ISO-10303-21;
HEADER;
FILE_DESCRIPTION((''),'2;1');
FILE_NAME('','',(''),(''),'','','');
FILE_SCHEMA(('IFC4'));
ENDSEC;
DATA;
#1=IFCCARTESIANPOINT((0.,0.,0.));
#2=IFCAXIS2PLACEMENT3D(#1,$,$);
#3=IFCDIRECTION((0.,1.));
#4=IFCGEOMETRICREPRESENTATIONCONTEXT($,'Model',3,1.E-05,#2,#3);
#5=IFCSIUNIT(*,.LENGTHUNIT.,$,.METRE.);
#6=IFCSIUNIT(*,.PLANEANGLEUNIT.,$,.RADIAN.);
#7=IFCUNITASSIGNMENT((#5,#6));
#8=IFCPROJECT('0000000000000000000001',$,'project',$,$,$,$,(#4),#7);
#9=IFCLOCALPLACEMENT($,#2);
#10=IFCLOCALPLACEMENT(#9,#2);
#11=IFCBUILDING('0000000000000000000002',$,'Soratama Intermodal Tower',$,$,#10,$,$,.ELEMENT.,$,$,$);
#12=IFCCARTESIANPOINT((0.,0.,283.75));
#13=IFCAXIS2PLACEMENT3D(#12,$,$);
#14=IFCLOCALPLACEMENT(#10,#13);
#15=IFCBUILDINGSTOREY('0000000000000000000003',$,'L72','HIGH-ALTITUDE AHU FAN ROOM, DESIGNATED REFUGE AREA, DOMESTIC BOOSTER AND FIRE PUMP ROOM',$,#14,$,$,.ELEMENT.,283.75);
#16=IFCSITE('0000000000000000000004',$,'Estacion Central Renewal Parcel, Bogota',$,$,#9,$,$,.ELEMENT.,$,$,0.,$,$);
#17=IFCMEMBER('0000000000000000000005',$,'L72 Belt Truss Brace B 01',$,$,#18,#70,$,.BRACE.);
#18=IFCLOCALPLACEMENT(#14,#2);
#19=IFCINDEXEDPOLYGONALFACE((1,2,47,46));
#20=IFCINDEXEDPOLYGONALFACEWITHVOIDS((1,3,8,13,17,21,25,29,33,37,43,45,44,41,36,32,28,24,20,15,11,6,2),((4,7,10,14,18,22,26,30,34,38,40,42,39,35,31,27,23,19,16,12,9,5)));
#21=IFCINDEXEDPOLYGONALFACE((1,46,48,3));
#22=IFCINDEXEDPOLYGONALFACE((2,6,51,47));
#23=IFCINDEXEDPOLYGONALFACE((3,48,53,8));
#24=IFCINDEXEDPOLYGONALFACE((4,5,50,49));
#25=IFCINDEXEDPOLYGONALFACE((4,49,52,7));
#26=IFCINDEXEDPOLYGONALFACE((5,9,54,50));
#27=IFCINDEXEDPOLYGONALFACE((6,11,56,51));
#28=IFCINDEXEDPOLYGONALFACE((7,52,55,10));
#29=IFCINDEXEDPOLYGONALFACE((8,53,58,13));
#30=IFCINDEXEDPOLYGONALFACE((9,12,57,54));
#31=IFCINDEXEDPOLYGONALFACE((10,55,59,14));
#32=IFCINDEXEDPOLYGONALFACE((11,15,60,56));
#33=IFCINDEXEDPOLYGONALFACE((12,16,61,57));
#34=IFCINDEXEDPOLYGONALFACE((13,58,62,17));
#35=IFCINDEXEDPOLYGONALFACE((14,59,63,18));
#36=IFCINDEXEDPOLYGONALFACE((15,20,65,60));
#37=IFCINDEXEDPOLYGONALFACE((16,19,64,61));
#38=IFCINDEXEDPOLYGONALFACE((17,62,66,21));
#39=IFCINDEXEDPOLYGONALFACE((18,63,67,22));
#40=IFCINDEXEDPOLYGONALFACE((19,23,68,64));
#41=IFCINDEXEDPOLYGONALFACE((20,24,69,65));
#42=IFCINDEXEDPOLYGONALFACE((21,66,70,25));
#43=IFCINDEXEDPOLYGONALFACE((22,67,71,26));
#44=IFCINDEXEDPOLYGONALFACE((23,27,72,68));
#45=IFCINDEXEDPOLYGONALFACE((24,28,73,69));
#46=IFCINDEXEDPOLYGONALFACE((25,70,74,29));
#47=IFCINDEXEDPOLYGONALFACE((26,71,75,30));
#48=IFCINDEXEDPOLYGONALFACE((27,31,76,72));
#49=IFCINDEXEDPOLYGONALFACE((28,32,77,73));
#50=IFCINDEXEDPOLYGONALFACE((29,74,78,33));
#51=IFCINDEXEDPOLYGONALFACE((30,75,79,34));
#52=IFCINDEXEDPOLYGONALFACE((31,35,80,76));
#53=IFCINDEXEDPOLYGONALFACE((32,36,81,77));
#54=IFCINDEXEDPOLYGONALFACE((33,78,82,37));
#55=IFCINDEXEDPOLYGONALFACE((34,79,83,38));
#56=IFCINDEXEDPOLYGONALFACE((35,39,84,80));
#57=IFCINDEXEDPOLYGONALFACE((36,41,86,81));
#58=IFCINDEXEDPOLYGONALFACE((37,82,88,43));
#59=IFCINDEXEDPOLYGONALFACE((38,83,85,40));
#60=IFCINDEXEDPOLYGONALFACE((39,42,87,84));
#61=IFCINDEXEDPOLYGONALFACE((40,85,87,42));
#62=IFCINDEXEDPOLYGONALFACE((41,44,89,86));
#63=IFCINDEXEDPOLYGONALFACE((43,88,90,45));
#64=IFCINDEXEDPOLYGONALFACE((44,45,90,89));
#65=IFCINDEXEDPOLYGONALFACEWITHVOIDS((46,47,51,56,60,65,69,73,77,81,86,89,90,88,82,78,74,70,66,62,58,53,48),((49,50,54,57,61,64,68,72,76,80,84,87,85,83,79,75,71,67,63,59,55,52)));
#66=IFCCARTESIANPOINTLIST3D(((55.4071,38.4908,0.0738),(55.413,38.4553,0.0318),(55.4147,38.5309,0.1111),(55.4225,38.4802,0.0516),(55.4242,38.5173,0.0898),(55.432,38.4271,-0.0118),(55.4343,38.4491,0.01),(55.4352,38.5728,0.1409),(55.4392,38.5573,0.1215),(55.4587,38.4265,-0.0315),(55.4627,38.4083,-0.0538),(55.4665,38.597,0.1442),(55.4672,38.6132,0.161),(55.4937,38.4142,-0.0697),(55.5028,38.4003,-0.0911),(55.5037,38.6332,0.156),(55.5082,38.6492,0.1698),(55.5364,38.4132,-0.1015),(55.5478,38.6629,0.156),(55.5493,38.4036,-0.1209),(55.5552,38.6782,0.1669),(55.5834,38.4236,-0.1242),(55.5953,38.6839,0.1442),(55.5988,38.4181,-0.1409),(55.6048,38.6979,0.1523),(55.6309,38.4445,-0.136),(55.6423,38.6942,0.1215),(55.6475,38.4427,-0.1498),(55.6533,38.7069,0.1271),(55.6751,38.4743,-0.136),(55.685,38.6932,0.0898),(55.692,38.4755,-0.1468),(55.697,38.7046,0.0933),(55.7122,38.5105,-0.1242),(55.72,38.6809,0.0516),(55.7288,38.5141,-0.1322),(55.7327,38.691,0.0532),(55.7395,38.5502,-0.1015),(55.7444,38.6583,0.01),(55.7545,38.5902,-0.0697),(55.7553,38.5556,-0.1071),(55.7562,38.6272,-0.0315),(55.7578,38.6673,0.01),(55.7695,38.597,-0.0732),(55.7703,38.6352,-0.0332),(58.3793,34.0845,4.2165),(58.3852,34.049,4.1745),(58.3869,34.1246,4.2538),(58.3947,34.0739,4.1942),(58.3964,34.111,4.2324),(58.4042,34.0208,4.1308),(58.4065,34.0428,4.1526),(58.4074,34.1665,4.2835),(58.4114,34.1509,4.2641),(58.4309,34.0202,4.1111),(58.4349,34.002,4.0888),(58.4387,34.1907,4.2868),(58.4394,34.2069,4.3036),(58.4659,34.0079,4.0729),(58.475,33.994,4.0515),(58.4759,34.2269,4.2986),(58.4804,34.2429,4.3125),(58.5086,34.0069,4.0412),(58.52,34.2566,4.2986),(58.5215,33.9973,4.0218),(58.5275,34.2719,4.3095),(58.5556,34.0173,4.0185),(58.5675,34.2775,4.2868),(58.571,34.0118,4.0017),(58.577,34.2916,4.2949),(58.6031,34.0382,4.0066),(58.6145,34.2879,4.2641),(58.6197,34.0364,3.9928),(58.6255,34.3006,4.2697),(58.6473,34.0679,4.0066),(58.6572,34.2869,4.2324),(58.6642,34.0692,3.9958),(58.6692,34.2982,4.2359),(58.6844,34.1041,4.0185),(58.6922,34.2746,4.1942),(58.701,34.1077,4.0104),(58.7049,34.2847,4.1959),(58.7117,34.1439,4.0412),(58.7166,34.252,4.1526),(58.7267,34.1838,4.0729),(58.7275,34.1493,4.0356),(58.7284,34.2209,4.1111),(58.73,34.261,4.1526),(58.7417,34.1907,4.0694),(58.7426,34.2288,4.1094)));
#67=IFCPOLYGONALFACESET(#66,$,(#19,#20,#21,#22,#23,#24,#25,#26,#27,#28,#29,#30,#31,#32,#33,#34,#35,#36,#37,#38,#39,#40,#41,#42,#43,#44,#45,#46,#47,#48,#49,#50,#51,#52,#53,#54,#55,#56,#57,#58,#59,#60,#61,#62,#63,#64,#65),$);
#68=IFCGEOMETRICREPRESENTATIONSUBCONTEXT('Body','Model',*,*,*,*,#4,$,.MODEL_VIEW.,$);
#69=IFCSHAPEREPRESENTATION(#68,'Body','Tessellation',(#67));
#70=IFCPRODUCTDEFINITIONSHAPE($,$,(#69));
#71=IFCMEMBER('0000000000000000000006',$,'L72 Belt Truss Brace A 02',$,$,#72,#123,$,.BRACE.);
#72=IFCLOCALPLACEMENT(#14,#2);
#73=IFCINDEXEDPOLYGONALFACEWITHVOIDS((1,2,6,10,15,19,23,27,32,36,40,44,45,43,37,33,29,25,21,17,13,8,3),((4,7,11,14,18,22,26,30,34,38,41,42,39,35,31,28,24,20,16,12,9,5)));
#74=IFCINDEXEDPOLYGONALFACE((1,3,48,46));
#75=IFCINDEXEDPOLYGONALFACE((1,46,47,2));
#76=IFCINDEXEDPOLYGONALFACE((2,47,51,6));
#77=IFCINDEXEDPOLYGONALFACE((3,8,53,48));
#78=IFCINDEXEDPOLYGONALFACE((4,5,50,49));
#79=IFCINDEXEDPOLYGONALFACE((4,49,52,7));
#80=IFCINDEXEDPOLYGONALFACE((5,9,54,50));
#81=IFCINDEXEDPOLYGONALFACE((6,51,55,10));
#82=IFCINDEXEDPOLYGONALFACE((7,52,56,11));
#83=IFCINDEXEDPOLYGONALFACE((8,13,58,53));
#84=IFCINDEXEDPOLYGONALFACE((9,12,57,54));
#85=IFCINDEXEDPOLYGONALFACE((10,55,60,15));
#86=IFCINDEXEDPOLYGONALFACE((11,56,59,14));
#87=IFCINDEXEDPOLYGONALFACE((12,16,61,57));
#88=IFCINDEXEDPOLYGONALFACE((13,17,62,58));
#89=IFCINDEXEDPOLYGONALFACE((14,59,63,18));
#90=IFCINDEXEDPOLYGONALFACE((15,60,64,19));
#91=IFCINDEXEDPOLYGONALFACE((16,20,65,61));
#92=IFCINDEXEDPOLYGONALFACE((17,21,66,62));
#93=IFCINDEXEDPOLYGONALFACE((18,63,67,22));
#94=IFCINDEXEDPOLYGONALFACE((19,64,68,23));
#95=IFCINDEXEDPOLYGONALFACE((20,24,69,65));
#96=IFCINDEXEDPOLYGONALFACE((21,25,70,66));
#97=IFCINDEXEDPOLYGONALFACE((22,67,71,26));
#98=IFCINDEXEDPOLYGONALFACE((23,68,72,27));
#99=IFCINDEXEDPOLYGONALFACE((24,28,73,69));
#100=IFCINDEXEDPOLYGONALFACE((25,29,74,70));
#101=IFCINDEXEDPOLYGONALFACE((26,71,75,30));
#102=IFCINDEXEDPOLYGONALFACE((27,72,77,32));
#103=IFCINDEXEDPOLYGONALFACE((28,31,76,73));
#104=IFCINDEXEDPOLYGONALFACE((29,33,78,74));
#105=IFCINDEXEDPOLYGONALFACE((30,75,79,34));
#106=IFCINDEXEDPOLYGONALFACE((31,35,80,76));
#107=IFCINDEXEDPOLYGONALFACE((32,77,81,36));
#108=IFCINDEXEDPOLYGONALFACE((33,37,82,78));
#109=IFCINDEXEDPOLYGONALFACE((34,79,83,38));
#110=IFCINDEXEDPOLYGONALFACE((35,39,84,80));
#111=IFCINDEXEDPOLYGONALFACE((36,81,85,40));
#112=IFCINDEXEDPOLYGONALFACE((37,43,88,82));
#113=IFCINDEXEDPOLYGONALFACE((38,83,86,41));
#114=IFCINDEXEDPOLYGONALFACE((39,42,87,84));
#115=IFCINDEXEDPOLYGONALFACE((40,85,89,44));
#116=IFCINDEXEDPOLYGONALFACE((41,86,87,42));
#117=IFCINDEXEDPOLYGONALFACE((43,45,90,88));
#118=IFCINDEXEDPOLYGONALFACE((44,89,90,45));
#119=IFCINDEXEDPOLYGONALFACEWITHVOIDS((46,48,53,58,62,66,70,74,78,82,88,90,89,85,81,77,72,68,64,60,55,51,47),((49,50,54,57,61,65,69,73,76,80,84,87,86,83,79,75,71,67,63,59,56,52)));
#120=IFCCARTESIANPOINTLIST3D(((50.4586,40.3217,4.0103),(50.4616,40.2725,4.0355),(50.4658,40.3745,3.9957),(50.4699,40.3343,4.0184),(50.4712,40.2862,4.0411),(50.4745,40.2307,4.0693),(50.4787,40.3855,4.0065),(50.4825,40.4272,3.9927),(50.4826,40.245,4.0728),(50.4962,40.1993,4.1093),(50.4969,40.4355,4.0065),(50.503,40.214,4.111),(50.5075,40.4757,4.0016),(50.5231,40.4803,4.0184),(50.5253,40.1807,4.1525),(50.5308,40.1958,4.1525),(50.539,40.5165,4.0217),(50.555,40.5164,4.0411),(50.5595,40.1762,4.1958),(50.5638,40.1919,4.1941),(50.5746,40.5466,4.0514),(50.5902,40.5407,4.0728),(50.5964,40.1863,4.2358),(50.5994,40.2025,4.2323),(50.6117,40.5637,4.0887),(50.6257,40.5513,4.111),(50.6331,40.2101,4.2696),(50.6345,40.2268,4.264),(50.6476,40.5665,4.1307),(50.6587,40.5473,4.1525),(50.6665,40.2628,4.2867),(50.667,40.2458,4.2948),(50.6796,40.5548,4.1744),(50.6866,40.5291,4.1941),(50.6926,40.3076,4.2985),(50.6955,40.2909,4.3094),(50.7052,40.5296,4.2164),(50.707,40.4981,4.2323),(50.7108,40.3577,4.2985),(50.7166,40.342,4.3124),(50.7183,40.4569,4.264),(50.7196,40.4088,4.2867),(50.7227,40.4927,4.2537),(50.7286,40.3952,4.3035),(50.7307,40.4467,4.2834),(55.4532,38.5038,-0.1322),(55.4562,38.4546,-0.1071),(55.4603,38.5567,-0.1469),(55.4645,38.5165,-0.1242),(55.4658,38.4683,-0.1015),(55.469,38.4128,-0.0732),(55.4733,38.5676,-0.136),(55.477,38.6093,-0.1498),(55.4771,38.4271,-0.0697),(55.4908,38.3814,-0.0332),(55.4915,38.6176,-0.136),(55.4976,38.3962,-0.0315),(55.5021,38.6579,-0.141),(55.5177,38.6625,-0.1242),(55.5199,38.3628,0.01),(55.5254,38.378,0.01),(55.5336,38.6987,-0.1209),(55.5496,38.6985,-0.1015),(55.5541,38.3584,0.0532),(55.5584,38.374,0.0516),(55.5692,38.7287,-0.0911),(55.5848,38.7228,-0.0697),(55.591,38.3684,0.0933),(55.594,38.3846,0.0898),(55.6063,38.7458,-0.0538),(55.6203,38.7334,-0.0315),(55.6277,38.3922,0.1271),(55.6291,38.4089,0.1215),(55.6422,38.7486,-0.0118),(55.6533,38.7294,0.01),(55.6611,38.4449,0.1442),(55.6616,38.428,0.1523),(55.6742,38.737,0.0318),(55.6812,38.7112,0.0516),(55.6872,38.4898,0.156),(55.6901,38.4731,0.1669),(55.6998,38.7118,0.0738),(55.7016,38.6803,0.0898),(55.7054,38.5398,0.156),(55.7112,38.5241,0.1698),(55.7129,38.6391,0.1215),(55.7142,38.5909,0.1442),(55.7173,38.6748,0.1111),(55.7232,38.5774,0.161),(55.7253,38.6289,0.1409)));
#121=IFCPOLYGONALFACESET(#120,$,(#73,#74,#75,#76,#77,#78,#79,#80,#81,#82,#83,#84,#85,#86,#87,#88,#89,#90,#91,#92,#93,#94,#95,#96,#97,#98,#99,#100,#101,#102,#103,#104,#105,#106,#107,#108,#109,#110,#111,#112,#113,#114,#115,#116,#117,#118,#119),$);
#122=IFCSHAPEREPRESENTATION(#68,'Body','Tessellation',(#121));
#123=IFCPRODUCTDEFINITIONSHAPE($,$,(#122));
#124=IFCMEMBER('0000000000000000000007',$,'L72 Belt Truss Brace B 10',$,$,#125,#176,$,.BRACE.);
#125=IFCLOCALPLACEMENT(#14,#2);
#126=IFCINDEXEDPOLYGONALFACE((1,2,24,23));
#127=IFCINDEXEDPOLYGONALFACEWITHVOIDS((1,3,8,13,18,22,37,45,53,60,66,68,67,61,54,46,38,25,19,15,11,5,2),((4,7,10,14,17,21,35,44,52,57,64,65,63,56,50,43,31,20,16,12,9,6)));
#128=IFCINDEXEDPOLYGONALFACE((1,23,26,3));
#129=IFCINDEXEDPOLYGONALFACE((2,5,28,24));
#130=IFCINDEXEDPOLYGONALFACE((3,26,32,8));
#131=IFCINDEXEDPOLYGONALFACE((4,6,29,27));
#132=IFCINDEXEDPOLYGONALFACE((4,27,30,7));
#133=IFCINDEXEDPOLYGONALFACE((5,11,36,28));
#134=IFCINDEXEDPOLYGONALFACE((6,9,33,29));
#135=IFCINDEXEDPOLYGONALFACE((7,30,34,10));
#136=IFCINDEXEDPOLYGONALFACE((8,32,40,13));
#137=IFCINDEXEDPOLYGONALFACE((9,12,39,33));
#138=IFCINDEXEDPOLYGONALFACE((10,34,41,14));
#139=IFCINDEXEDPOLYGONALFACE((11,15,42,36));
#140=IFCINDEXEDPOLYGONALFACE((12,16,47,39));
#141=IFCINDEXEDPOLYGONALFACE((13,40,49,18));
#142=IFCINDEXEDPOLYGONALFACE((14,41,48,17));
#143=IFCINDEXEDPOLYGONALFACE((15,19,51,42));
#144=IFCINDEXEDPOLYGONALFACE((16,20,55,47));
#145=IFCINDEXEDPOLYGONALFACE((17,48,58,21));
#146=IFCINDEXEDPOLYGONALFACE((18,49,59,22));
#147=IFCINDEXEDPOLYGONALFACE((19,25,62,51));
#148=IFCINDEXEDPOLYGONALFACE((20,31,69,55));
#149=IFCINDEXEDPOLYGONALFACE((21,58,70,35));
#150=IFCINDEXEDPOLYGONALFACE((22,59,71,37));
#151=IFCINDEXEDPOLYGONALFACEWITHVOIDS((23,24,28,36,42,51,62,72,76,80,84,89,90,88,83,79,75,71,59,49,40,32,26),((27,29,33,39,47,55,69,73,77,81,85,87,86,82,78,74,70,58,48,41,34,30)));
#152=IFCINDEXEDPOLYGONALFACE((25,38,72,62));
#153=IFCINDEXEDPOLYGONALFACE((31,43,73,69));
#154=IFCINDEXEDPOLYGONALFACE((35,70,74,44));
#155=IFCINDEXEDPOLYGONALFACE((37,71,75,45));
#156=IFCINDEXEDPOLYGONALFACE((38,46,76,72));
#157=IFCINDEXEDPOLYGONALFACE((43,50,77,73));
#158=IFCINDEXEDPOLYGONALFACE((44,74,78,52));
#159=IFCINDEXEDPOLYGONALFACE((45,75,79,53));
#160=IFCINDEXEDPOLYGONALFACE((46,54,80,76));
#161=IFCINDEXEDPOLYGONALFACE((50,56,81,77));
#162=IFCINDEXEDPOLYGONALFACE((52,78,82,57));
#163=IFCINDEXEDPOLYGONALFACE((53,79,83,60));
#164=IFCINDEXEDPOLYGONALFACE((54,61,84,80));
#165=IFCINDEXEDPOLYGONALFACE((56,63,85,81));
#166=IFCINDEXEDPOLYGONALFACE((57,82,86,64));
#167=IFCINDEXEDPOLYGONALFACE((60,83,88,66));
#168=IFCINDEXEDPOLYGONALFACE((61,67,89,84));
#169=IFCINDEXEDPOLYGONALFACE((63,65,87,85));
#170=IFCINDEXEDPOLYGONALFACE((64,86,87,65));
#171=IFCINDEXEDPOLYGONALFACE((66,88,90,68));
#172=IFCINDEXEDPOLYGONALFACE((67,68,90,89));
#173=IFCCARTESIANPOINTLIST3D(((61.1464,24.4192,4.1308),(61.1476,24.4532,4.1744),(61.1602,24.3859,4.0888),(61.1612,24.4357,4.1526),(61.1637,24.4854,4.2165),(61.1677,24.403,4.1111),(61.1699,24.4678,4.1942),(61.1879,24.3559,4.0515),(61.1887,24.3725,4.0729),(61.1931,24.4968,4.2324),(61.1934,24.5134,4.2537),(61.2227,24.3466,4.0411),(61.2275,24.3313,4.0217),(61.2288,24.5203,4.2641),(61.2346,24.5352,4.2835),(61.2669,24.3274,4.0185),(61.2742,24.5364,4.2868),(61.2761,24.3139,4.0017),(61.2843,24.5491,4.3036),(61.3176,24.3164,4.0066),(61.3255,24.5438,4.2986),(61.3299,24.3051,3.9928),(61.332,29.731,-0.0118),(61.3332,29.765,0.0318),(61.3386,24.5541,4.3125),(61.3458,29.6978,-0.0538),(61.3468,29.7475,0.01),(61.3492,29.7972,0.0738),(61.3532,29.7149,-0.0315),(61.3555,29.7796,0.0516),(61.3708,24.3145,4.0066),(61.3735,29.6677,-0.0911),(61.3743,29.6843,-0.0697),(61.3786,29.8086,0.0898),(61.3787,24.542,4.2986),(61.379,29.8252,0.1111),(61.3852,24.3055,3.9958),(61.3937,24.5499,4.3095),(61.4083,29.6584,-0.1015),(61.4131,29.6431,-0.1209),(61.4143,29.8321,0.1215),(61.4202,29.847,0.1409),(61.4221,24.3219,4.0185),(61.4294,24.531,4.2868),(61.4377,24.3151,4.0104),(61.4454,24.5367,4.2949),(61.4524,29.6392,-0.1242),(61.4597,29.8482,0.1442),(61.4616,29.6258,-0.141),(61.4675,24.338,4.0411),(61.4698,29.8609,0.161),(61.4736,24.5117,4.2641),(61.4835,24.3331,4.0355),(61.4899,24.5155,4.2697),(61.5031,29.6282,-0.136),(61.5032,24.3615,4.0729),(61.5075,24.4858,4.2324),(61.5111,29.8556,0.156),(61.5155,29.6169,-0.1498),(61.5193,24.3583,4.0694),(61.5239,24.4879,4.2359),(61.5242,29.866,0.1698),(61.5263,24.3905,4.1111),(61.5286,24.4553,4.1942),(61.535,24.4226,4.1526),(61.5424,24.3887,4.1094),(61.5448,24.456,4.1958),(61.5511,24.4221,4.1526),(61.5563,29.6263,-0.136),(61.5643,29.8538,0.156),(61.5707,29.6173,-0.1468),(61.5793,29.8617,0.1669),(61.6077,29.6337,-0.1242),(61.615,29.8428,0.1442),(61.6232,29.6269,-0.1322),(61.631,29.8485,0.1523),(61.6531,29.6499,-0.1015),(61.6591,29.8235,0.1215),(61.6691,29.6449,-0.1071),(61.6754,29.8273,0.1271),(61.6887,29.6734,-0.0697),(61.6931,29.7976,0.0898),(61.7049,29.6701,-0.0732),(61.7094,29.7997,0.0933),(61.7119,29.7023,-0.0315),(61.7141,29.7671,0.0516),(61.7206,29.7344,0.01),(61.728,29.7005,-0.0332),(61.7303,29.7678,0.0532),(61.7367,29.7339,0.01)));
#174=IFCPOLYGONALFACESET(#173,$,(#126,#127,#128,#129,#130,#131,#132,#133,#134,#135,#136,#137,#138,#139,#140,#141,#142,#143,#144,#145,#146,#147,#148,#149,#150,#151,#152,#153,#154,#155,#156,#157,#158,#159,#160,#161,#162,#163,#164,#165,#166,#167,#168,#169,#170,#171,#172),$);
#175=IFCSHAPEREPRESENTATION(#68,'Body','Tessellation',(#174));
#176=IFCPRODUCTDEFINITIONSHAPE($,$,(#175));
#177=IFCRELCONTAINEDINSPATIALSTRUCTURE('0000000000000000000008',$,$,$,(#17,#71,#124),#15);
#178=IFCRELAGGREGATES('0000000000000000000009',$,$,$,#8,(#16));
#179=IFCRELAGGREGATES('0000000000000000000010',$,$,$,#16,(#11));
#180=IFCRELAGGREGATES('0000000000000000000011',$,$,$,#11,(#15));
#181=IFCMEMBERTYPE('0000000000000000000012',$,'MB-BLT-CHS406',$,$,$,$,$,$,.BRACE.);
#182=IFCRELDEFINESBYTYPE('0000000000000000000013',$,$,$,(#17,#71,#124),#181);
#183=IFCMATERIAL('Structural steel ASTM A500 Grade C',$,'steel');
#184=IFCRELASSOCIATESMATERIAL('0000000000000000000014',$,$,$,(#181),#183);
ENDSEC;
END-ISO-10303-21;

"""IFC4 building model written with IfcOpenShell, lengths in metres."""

from ifc_helpers import new_model, si_unit, direction, frame, origin, origin_2d, place, context, subcontext, project, spatial, hollow_circle, extrude, material, material_profile, profile_set, type_object, element, save


model = new_model("IFC4")

# Units and contexts
model_context = context("Model", 3, precision=1e-05, world=origin(), true_north=direction((0.0, 1.0)))
body_context = subcontext(model_context, "Body", "Model", "MODEL_VIEW")
ifc_project = project(units=[si_unit("LENGTHUNIT", "METRE"), si_unit("PLANEANGLEUNIT", "RADIAN")], contexts=[model_context])

# Site, building, storey
site_placement = place(None, origin())
site = spatial("IfcSite", under=ifc_project, at=site_placement, Name="Estacion Central Renewal Parcel, Bogota", CompositionType="ELEMENT", RefElevation=0.0)
building_placement = place(site_placement, origin())
building = spatial("IfcBuilding", under=site, at=building_placement, Name="Soratama Intermodal Tower", CompositionType="ELEMENT")
storey_placement = place(building_placement, frame((0.0, 0.0, 283.75)))
storey = spatial("IfcBuildingStorey", under=building, at=storey_placement, Name="L72", Description="HIGH-ALTITUDE AHU FAN ROOM, DESIGNATED REFUGE AREA, DOMESTIC BOOSTER AND FIRE PUMP ROOM", CompositionType="ELEMENT", Elevation=283.75)

# Members
ifc_material_1 = material(Name="Structural steel ASTM A500 Grade C", Category="steel")
ifc_material_profile_1 = material_profile(ifc_material_1, hollow_circle(Radius=0.2031, WallThickness=0.0161, at=origin_2d()), Name="CHS406X16")
ifc_profile_set_1 = profile_set([ifc_material_profile_1], Name="Structural steel ASTM A500 Grade C")
member_type_1 = type_object("IfcMemberType", Name="MB-BLT-CHS406", PredefinedType="BRACE", material=ifc_profile_set_1)
for number, where, z_axis, x_axis, name in (
    (1, (55.5894, 38.5537, 0.01), (0.441061, -0.653875, 0.614746), (0.829028, 0.559208, 0.0), "L72 Belt Truss Brace B 01"),
    (2, (55.5894, 38.5537, 0.01), (-0.741171, 0.26976, 0.614732), (-0.342016, -0.939694, 0.0), "L72 Belt Truss Brace A 02"),
    (3, (61.5337, 29.741, 0.01), (-0.027534, -0.788247, 0.614743), (0.99939, -0.03491, 0.0), "L72 Belt Truss Brace B 10"),
):
    element("IfcMember", number, at=place(storey_placement, frame(where, z_axis=z_axis, x_axis=x_axis)), inside=storey, type_object=member_type_1, Name=name, PredefinedType="BRACE", context=body_context, shape_type="SweptSolid", body=[
        extrude(hollow_circle(Radius=0.2031, WallThickness=0.0161, at=origin_2d()), origin(), (0.0, 0.0, 1.0), 6.7388),
    ])

save(model, "model.ifc")
